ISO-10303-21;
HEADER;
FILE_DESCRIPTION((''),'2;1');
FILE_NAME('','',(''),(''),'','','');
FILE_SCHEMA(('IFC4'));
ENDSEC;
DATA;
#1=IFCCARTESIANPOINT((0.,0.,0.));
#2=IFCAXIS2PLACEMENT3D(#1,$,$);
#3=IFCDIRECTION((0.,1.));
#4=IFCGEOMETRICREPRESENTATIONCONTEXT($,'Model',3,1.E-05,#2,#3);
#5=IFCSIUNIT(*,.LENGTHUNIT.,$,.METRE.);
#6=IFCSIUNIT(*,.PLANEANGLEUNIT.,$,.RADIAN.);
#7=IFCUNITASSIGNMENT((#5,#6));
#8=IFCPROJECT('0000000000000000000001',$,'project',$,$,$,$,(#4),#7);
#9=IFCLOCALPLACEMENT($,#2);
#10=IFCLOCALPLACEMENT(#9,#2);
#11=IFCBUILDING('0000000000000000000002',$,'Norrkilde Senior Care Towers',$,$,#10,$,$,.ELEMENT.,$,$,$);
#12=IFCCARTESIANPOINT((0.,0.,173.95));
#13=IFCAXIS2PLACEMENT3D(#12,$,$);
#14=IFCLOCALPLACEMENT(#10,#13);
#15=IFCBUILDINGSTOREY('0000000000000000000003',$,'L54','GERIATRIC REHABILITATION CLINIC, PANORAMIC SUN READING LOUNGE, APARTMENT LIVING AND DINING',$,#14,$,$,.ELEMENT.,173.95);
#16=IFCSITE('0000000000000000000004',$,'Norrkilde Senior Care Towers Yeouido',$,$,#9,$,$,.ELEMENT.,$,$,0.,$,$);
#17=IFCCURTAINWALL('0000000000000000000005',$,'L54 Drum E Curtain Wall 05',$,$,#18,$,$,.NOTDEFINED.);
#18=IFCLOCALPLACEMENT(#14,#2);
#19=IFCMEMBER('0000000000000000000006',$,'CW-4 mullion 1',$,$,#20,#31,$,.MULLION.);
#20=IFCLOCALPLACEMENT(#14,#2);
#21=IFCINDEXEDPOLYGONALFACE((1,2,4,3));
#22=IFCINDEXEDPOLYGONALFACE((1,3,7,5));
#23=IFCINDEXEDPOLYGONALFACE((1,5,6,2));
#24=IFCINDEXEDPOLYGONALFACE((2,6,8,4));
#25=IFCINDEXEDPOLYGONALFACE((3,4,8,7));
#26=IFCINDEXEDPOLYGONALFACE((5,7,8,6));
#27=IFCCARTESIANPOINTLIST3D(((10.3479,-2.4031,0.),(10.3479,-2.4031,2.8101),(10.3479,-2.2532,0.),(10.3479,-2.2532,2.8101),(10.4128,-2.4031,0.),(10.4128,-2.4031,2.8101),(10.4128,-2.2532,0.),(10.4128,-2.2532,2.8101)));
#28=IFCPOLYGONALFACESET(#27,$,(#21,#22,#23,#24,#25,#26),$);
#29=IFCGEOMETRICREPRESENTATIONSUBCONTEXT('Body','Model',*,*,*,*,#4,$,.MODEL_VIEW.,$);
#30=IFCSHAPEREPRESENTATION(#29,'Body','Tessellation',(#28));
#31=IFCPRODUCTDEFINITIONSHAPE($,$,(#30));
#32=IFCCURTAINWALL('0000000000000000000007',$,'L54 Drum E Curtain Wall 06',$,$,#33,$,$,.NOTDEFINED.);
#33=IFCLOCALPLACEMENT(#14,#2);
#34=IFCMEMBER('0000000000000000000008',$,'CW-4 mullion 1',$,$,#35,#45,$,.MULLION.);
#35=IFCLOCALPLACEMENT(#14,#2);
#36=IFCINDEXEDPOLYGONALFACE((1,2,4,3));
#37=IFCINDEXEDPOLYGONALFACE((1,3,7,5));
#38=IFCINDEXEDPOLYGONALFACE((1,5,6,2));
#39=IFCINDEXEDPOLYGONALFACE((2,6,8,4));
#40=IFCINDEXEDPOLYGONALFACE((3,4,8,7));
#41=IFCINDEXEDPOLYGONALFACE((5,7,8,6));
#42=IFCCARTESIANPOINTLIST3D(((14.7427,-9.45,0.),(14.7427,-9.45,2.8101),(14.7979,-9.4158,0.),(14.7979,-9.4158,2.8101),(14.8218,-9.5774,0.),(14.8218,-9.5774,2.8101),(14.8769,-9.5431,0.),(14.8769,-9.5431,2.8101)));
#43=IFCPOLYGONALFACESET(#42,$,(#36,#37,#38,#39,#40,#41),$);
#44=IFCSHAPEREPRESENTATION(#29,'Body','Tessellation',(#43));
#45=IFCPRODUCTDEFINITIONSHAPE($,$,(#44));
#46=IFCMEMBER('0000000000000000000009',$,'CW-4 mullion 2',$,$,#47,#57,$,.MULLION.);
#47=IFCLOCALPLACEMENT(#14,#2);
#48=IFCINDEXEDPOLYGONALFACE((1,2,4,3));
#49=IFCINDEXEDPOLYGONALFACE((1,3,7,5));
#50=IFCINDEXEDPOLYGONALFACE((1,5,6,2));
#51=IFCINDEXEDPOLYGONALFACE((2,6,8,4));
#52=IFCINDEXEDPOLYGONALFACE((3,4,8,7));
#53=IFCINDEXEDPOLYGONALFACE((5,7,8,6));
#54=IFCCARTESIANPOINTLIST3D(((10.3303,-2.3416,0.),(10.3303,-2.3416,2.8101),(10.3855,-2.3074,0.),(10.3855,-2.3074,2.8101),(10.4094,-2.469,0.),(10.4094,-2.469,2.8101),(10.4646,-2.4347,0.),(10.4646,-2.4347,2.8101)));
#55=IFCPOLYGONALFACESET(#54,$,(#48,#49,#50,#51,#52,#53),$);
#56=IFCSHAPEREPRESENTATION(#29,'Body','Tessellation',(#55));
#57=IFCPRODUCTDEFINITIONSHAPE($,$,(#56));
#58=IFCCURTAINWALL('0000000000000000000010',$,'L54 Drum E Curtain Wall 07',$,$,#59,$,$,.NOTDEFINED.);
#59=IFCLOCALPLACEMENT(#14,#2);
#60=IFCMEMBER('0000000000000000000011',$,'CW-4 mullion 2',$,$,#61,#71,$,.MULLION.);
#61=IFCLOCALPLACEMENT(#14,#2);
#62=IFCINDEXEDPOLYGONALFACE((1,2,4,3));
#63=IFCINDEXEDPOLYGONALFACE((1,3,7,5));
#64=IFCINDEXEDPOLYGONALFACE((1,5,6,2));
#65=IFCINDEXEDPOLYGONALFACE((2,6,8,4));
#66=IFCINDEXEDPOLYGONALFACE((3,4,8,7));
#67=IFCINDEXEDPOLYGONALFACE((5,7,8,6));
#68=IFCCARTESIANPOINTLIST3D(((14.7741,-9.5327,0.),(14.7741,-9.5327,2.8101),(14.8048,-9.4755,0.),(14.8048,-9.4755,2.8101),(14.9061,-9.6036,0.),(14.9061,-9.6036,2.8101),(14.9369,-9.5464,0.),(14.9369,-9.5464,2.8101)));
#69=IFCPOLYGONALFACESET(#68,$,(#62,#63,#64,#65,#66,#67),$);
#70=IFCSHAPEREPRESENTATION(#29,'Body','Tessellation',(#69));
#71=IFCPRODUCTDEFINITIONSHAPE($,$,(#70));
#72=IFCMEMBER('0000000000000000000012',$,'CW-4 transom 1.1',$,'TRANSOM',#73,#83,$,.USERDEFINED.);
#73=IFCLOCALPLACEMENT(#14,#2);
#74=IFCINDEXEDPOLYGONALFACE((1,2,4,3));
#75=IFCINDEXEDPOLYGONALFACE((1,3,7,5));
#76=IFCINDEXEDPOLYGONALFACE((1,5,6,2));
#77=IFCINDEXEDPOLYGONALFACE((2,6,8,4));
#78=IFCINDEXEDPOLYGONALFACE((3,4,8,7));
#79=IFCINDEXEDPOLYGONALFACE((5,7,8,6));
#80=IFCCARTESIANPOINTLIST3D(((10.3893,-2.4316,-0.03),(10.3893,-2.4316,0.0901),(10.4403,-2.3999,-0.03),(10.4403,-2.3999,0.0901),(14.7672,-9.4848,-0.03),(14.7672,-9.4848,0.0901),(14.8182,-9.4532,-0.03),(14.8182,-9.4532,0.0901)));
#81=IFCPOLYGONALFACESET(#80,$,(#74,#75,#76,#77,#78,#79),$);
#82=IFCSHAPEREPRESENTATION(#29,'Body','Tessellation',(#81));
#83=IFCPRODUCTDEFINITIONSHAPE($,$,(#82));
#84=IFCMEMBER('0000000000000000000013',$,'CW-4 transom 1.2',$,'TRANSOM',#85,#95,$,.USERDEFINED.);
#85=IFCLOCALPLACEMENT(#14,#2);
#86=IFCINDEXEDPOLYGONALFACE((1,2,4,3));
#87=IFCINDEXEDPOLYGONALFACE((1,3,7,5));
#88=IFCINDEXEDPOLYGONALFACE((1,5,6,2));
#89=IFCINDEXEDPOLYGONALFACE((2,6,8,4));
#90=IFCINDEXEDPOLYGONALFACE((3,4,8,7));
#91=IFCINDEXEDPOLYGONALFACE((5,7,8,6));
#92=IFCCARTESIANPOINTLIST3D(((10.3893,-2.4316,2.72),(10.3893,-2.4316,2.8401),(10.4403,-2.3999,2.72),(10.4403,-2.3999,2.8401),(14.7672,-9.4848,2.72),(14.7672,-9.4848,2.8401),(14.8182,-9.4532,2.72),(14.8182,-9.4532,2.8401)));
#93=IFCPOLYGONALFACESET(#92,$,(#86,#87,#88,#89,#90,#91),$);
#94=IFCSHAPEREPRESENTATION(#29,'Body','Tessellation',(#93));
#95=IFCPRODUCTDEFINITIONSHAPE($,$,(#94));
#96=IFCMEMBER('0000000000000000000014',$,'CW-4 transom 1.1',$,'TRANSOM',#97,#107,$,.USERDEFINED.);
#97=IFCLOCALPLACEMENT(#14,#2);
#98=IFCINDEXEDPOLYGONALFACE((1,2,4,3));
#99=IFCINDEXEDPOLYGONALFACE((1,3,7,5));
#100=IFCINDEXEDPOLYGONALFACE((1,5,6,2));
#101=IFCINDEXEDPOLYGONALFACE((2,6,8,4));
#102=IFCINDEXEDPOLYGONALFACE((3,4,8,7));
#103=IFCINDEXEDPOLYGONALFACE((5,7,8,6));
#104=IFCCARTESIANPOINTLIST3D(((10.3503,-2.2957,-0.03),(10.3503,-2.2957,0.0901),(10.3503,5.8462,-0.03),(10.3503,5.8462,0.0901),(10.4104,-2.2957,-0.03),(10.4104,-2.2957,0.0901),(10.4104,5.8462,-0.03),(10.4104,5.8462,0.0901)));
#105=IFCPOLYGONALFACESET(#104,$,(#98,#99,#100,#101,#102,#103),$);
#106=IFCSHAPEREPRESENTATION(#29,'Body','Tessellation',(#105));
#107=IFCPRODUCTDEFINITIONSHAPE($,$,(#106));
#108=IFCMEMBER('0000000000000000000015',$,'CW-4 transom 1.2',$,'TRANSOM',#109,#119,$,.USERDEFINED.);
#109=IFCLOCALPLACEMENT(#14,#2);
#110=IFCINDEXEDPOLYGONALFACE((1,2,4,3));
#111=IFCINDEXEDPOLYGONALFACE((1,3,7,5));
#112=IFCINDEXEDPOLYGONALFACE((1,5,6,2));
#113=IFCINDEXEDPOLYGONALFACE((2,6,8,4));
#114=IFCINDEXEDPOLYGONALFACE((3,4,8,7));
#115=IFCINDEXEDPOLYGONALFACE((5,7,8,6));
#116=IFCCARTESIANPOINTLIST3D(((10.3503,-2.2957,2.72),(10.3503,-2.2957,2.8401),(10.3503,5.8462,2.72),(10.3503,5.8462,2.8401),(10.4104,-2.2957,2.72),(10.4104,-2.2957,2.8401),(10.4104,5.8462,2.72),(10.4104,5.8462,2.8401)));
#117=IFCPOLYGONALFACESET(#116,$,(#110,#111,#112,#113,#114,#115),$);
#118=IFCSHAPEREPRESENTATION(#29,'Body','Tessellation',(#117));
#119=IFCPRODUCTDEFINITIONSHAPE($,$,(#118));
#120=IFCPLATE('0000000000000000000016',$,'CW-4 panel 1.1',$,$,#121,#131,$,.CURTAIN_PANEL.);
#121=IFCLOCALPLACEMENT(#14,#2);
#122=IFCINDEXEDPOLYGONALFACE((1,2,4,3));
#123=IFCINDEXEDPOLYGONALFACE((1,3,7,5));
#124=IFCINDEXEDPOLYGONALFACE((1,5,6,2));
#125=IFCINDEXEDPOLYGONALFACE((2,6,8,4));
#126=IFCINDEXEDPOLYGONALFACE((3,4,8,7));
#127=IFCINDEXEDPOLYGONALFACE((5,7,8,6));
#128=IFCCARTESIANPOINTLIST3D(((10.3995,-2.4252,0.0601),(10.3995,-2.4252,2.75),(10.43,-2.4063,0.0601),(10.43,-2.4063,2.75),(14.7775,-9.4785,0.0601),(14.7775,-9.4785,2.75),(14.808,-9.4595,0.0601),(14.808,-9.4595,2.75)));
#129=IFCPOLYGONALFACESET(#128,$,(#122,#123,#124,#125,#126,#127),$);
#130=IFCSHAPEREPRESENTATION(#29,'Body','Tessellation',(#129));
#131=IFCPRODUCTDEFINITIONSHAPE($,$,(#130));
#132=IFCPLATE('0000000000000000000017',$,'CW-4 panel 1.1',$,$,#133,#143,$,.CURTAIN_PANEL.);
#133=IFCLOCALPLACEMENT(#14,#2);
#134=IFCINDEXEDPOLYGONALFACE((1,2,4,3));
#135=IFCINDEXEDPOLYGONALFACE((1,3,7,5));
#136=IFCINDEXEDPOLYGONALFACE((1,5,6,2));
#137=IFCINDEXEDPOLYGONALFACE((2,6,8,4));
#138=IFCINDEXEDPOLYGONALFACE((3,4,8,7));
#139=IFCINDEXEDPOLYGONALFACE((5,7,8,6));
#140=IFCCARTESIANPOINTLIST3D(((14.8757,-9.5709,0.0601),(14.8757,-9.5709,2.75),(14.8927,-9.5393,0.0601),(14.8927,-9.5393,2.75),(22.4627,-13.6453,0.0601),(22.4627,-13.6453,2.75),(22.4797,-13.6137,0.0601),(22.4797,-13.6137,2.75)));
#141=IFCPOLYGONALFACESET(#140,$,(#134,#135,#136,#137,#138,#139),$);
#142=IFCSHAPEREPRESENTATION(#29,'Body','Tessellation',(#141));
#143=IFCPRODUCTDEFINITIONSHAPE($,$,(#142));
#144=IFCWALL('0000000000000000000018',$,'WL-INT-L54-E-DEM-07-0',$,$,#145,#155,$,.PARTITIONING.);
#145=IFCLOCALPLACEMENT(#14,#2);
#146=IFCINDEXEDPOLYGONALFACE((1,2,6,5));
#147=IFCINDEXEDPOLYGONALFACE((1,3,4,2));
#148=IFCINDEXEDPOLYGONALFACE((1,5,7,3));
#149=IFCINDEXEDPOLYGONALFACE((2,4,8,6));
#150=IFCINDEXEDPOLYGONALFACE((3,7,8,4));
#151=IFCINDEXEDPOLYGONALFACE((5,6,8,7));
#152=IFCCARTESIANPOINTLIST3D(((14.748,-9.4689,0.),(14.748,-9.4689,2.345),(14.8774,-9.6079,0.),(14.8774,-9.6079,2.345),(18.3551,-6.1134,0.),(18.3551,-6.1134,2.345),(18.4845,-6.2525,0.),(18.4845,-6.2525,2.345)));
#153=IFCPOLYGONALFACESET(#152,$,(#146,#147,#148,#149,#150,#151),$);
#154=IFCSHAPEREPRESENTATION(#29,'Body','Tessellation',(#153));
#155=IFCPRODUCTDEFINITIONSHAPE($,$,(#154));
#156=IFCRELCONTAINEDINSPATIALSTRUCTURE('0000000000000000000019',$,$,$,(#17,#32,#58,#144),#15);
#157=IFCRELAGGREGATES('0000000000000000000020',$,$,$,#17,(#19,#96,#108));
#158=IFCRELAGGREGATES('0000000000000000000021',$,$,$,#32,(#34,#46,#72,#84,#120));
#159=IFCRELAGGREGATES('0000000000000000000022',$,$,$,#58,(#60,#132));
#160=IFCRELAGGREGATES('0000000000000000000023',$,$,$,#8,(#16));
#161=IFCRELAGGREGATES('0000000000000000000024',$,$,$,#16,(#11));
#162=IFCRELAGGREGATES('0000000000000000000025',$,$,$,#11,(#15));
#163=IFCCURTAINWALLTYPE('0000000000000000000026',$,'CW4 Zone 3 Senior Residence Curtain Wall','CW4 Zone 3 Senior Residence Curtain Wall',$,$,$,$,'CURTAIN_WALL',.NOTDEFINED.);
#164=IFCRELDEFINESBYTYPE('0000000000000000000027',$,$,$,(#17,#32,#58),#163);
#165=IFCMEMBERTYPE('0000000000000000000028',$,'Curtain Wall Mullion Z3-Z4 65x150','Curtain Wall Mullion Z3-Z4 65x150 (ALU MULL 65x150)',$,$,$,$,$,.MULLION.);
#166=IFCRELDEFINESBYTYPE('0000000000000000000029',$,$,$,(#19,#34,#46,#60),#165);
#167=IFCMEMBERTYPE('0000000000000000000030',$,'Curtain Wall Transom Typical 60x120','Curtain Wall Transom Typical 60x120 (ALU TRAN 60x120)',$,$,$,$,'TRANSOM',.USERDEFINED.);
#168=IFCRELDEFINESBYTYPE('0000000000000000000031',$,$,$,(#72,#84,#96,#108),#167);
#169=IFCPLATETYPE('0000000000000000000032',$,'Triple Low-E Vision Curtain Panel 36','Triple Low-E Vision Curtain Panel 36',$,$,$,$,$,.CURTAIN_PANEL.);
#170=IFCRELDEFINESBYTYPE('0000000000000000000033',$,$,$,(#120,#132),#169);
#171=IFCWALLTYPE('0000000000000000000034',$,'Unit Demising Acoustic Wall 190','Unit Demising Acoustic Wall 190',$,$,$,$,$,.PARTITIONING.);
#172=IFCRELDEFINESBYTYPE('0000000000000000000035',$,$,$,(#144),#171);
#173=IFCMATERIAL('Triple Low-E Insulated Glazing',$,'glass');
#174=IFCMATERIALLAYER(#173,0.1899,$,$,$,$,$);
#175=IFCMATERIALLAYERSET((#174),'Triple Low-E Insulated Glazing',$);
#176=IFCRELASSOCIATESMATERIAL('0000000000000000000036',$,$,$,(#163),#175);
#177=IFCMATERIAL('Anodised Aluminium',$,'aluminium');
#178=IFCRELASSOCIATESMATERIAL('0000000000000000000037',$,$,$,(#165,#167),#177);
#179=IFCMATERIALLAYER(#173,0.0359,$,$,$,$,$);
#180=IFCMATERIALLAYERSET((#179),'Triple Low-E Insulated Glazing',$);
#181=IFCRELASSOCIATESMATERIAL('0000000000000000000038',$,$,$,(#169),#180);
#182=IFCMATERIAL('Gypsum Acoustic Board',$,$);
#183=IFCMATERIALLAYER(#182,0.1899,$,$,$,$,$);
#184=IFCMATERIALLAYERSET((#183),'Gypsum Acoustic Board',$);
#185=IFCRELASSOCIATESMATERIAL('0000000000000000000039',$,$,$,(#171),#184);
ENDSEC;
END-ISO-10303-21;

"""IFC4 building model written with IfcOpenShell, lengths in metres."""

from ifc_helpers import new_model, si_unit, direction, frame, frame_2d, origin, origin_2d, place, context, subcontext, project, spatial, rectangle, extrude, source, transform, mapped, material, layer, layer_set, material_profile, profile_set, type_object, type_shapes, element, aggregate, save


model = new_model("IFC4")

# Units and contexts
model_context = context("Model", 3, precision=1e-05, world=origin(), true_north=direction((0.0, 1.0)))
body_context = subcontext(model_context, "Body", "Model", "MODEL_VIEW")
ifc_project = project(units=[si_unit("LENGTHUNIT", "METRE"), si_unit("PLANEANGLEUNIT", "RADIAN")], contexts=[model_context])

# Site, building, storey
site_placement = place(None, origin())
site = spatial("IfcSite", under=ifc_project, at=site_placement, Name="Norrkilde Senior Care Towers Yeouido", CompositionType="ELEMENT", RefElevation=0.0)
building_placement = place(site_placement, origin())
building = spatial("IfcBuilding", under=site, at=building_placement, Name="Norrkilde Senior Care Towers", CompositionType="ELEMENT")
storey_placement = place(building_placement, frame((0.0, 0.0, 173.95)))
storey = spatial("IfcBuildingStorey", under=building, at=storey_placement, Name="L54", Description="GERIATRIC REHABILITATION CLINIC, PANORAMIC SUN READING LOUNGE, APARTMENT LIVING AND DINING", CompositionType="ELEMENT", Elevation=173.95)

# Curtain wall, member
ifc_material_1 = material(Name="Triple Low-E Insulated Glazing", Category="glass")
ifc_layer_1 = layer(ifc_material_1, 0.1899)
ifc_layer_set_1 = layer_set([ifc_layer_1], Name="Triple Low-E Insulated Glazing")
curtain_wall_type = type_object("IfcCurtainWallType", Name="CW4 Zone 3 Senior Residence Curtain Wall", Description="CW4 Zone 3 Senior Residence Curtain Wall", ElementType="CURTAIN_WALL", PredefinedType="NOTDEFINED", material=ifc_layer_set_1)
curtain_wall_1_placement = place(storey_placement, origin())
curtain_wall_1 = element("IfcCurtainWall", 1, at=curtain_wall_1_placement, inside=storey, type_object=curtain_wall_type, Name="L54 Drum E Curtain Wall 05", PredefinedType="NOTDEFINED")
ifc_material_2 = material(Name="Anodised Aluminium", Category="aluminium")
ifc_material_profile_1 = material_profile(ifc_material_2, rectangle(XDim=0.0649, YDim=0.1499, at=origin_2d()), Name="ALU MULL 65x150")
ifc_profile_set_1 = profile_set([ifc_material_profile_1], Name="Anodised Aluminium")
member_type_1 = type_object("IfcMemberType", Name="Curtain Wall Mullion Z3-Z4 65x150", Description="Curtain Wall Mullion Z3-Z4 65x150 (ALU MULL 65x150)", PredefinedType="MULLION", material=ifc_profile_set_1)
shared_shape_1 = source(origin(), body_context, "Body", "SweptSolid", [
    extrude(rectangle(XDim=0.0649, YDim=0.1499, at=origin_2d()), origin(), (0.0, 0.0, 1.0), 2.8101),
])
type_shapes(member_type_1, [shared_shape_1])
member_1_placement = place(storey_placement, frame((10.3804, -2.3281, 0.0), z_axis=(0.0, 0.0, 1.0), x_axis=(-1.0, 0.0, 0.0)))
member_1 = element("IfcMember", 2, at=member_1_placement, type_object=member_type_1, Name="CW-4 mullion 1", PredefinedType="MULLION", context=body_context, shape_type="MappedRepresentation", body=[
    mapped(shared_shape_1, transform((0.0, 0.0, 0.0), x_axis=(1.0, 0.0, 0.0), y_axis=(0.0, 1.0, 0.0), z_axis=(0.0, 0.0, 1.0), scale=1.0)),
])

# Curtain wall, members
curtain_wall_2_placement = place(storey_placement, origin())
curtain_wall_2 = element("IfcCurtainWall", 3, at=curtain_wall_2_placement, inside=storey, type_object=curtain_wall_type, Name="L54 Drum E Curtain Wall 06", PredefinedType="NOTDEFINED")
member_2_placement = place(storey_placement, frame((14.8098, -9.4966, 0.0), z_axis=(0.0, 0.0, 1.0), x_axis=(-0.849634, -0.527373, 0.0)))
member_2 = element("IfcMember", 4, at=member_2_placement, type_object=member_type_1, Name="CW-4 mullion 1", PredefinedType="MULLION", context=body_context, shape_type="MappedRepresentation", body=[
    mapped(shared_shape_1, transform((0.0, 0.0, 0.0), x_axis=(1.0, 0.0, 0.0), y_axis=(0.0, 1.0, 0.0), z_axis=(0.0, 0.0, 1.0), scale=1.0)),
])
member_3_placement = place(storey_placement, frame((10.3975, -2.3882, 0.0), z_axis=(0.0, 0.0, 1.0), x_axis=(-0.849634, -0.527373, 0.0)))
member_3 = element("IfcMember", 5, at=member_3_placement, type_object=member_type_1, Name="CW-4 mullion 2", PredefinedType="MULLION", context=body_context, shape_type="MappedRepresentation", body=[
    mapped(shared_shape_1, transform((0.0, 0.0, 0.0), x_axis=(1.0, 0.0, 0.0), y_axis=(0.0, 1.0, 0.0), z_axis=(0.0, 0.0, 1.0), scale=1.0)),
])

# Curtain wall, member
curtain_wall_3_placement = place(storey_placement, origin())
curtain_wall_3 = element("IfcCurtainWall", 6, at=curtain_wall_3_placement, inside=storey, type_object=curtain_wall_type, Name="L54 Drum E Curtain Wall 07", PredefinedType="NOTDEFINED")
member_4_placement = place(storey_placement, frame((14.8555, -9.5396, 0.0), z_axis=(0.0, 0.0, 1.0), x_axis=(-0.473117, -0.881, 0.0)))
member_4 = element("IfcMember", 7, at=member_4_placement, type_object=member_type_1, Name="CW-4 mullion 2", PredefinedType="MULLION", context=body_context, shape_type="MappedRepresentation", body=[
    mapped(shared_shape_1, transform((0.0, 0.0, 0.0), x_axis=(1.0, 0.0, 0.0), y_axis=(0.0, 1.0, 0.0), z_axis=(0.0, 0.0, 1.0), scale=1.0)),
])

# Members
ifc_material_profile_2 = material_profile(ifc_material_2, rectangle(XDim=0.0601, YDim=0.1201, at=origin_2d()), Name="ALU TRAN 60x120")
ifc_profile_set_2 = profile_set([ifc_material_profile_2], Name="Anodised Aluminium")
member_type_2 = type_object("IfcMemberType", Name="Curtain Wall Transom Typical 60x120", Description="Curtain Wall Transom Typical 60x120 (ALU TRAN 60x120)", ElementType="TRANSOM", PredefinedType="USERDEFINED", material=ifc_profile_set_2)
shared_shape_2 = source(origin(), body_context, "Body", "SweptSolid", [
    extrude(rectangle(XDim=0.0601, YDim=0.1201, at=origin_2d()), origin(), (0.0, 0.0, 1.0), 8.3015),
])
member_5_placement = place(storey_placement, frame((14.7927, -9.469, 0.03), z_axis=(-0.527369, 0.849637, 0.0), x_axis=(-0.849637, -0.527369, 0.0)))
member_5 = element("IfcMember", 8, at=member_5_placement, type_object=member_type_2, Name="CW-4 transom 1.1", ObjectType="TRANSOM", PredefinedType="USERDEFINED", context=body_context, shape_type="MappedRepresentation", body=[
    mapped(shared_shape_2, transform((0.0, 0.0, 0.0), x_axis=(1.0, 0.0, 0.0), y_axis=(0.0, 1.0, 0.0), z_axis=(0.0, 0.0, 1.0), scale=1.0)),
])
member_6_placement = place(storey_placement, frame((14.7927, -9.469, 2.78), z_axis=(-0.527369, 0.849637, 0.0), x_axis=(-0.849637, -0.527369, 0.0)))
member_6 = element("IfcMember", 9, at=member_6_placement, type_object=member_type_2, Name="CW-4 transom 1.2", ObjectType="TRANSOM", PredefinedType="USERDEFINED", context=body_context, shape_type="MappedRepresentation", body=[
    mapped(shared_shape_2, transform((0.0, 0.0, 0.0), x_axis=(1.0, 0.0, 0.0), y_axis=(0.0, 1.0, 0.0), z_axis=(0.0, 0.0, 1.0), scale=1.0)),
])
shared_shape_3 = source(origin(), body_context, "Body", "SweptSolid", [
    extrude(rectangle(XDim=0.0601, YDim=0.1201, at=origin_2d()), origin(), (0.0, 0.0, 1.0), 8.1418),
])
type_shapes(member_type_2, [shared_shape_2, shared_shape_3])
member_7_placement = place(storey_placement, frame((10.3804, -2.2957, 0.03), z_axis=(0.0, 1.0, 0.0), x_axis=(-1.0, 0.0, 0.0)))
member_7 = element("IfcMember", 10, at=member_7_placement, type_object=member_type_2, Name="CW-4 transom 1.1", ObjectType="TRANSOM", PredefinedType="USERDEFINED", context=body_context, shape_type="MappedRepresentation", body=[
    mapped(shared_shape_3, transform((0.0, 0.0, 0.0), x_axis=(1.0, 0.0, 0.0), y_axis=(0.0, 1.0, 0.0), z_axis=(0.0, 0.0, 1.0), scale=1.0)),
])
member_8_placement = place(storey_placement, frame((10.3804, -2.2957, 2.78), z_axis=(0.0, 1.0, 0.0), x_axis=(-1.0, 0.0, 0.0)))
member_8 = element("IfcMember", 11, at=member_8_placement, type_object=member_type_2, Name="CW-4 transom 1.2", ObjectType="TRANSOM", PredefinedType="USERDEFINED", context=body_context, shape_type="MappedRepresentation", body=[
    mapped(shared_shape_3, transform((0.0, 0.0, 0.0), x_axis=(1.0, 0.0, 0.0), y_axis=(0.0, 1.0, 0.0), z_axis=(0.0, 0.0, 1.0), scale=1.0)),
])
aggregate(curtain_wall_1, [member_1, member_7, member_8])

# Plates
ifc_layer_2 = layer(ifc_material_1, 0.0359)
ifc_layer_set_2 = layer_set([ifc_layer_2], Name="Triple Low-E Insulated Glazing")
plate_type = type_object("IfcPlateType", Name="Triple Low-E Vision Curtain Panel 36", Description="Triple Low-E Vision Curtain Panel 36", PredefinedType="CURTAIN_PANEL", material=ifc_layer_set_2)
shared_shape_4 = source(origin(), body_context, "Body", "SweptSolid", [
    extrude(rectangle(XDim=8.3015, YDim=0.0359, at=origin_2d()), origin(), (0.0, 0.0, 1.0), 2.6899),
])
plate_1_placement = place(storey_placement, frame((12.6038, -5.9424, 0.0601), z_axis=(0.0, 0.0, 1.0), x_axis=(-0.527373, 0.849634, 0.0)))
plate_1 = element("IfcPlate", 12, at=plate_1_placement, type_object=plate_type, Name="CW-4 panel 1.1", PredefinedType="CURTAIN_PANEL", context=body_context, shape_type="MappedRepresentation", body=[
    mapped(shared_shape_4, transform((0.0, 0.0, 0.0), x_axis=(1.0, 0.0, 0.0), y_axis=(0.0, 1.0, 0.0), z_axis=(0.0, 0.0, 1.0), scale=1.0)),
])
aggregate(curtain_wall_2, [member_2, member_3, member_5, member_6, plate_1])
shared_shape_5 = source(origin(), body_context, "Body", "SweptSolid", [
    extrude(rectangle(XDim=8.6118, YDim=0.0359, at=origin_2d()), origin(), (0.0, 0.0, 1.0), 2.6899),
])
type_shapes(plate_type, [shared_shape_4, shared_shape_5])
plate_2_placement = place(storey_placement, frame((18.6777, -11.5923, 0.0601), z_axis=(0.0, 0.0, 1.0), x_axis=(-0.881, 0.473117, 0.0)))
plate_2 = element("IfcPlate", 13, at=plate_2_placement, type_object=plate_type, Name="CW-4 panel 1.1", PredefinedType="CURTAIN_PANEL", context=body_context, shape_type="MappedRepresentation", body=[
    mapped(shared_shape_5, transform((0.0, 0.0, 0.0), x_axis=(1.0, 0.0, 0.0), y_axis=(0.0, 1.0, 0.0), z_axis=(0.0, 0.0, 1.0), scale=1.0)),
])
aggregate(curtain_wall_3, [member_4, plate_2])

# Wall
ifc_material_3 = material(Name="Gypsum Acoustic Board")
ifc_layer_3 = layer(ifc_material_3, 0.1899)
ifc_layer_set_3 = layer_set([ifc_layer_3], Name="Gypsum Acoustic Board")
wall_type_1 = type_object("IfcWallType", Name="Unit Demising Acoustic Wall 190", Description="Unit Demising Acoustic Wall 190", PredefinedType="PARTITIONING", material=ifc_layer_set_3)
shared_shape_6 = source(origin(), body_context, "Body", "SweptSolid", [
    extrude(rectangle(XDim=4.9265, YDim=0.1899, at=frame_2d((2.4634, 0.0))), origin(), (0.0, 0.0, 1.0), 2.345),
])
type_shapes(wall_type_1, [shared_shape_6])
wall_1_placement = place(storey_placement, frame((18.4199, -6.1829, 0.0), z_axis=(0.0, 0.0, 1.0), x_axis=(-0.732191, -0.681099, 0.0)))
element("IfcWall", 14, at=wall_1_placement, inside=storey, type_object=wall_type_1, Name="WL-INT-L54-E-DEM-07-0", PredefinedType="PARTITIONING", context=body_context, shape_type="MappedRepresentation", body=[
    mapped(shared_shape_6, transform((0.0, 0.0, 0.0), x_axis=(1.0, 0.0, 0.0), y_axis=(0.0, 1.0, 0.0), z_axis=(0.0, 0.0, 1.0), scale=1.0)),
])

save(model, "model.ifc")
